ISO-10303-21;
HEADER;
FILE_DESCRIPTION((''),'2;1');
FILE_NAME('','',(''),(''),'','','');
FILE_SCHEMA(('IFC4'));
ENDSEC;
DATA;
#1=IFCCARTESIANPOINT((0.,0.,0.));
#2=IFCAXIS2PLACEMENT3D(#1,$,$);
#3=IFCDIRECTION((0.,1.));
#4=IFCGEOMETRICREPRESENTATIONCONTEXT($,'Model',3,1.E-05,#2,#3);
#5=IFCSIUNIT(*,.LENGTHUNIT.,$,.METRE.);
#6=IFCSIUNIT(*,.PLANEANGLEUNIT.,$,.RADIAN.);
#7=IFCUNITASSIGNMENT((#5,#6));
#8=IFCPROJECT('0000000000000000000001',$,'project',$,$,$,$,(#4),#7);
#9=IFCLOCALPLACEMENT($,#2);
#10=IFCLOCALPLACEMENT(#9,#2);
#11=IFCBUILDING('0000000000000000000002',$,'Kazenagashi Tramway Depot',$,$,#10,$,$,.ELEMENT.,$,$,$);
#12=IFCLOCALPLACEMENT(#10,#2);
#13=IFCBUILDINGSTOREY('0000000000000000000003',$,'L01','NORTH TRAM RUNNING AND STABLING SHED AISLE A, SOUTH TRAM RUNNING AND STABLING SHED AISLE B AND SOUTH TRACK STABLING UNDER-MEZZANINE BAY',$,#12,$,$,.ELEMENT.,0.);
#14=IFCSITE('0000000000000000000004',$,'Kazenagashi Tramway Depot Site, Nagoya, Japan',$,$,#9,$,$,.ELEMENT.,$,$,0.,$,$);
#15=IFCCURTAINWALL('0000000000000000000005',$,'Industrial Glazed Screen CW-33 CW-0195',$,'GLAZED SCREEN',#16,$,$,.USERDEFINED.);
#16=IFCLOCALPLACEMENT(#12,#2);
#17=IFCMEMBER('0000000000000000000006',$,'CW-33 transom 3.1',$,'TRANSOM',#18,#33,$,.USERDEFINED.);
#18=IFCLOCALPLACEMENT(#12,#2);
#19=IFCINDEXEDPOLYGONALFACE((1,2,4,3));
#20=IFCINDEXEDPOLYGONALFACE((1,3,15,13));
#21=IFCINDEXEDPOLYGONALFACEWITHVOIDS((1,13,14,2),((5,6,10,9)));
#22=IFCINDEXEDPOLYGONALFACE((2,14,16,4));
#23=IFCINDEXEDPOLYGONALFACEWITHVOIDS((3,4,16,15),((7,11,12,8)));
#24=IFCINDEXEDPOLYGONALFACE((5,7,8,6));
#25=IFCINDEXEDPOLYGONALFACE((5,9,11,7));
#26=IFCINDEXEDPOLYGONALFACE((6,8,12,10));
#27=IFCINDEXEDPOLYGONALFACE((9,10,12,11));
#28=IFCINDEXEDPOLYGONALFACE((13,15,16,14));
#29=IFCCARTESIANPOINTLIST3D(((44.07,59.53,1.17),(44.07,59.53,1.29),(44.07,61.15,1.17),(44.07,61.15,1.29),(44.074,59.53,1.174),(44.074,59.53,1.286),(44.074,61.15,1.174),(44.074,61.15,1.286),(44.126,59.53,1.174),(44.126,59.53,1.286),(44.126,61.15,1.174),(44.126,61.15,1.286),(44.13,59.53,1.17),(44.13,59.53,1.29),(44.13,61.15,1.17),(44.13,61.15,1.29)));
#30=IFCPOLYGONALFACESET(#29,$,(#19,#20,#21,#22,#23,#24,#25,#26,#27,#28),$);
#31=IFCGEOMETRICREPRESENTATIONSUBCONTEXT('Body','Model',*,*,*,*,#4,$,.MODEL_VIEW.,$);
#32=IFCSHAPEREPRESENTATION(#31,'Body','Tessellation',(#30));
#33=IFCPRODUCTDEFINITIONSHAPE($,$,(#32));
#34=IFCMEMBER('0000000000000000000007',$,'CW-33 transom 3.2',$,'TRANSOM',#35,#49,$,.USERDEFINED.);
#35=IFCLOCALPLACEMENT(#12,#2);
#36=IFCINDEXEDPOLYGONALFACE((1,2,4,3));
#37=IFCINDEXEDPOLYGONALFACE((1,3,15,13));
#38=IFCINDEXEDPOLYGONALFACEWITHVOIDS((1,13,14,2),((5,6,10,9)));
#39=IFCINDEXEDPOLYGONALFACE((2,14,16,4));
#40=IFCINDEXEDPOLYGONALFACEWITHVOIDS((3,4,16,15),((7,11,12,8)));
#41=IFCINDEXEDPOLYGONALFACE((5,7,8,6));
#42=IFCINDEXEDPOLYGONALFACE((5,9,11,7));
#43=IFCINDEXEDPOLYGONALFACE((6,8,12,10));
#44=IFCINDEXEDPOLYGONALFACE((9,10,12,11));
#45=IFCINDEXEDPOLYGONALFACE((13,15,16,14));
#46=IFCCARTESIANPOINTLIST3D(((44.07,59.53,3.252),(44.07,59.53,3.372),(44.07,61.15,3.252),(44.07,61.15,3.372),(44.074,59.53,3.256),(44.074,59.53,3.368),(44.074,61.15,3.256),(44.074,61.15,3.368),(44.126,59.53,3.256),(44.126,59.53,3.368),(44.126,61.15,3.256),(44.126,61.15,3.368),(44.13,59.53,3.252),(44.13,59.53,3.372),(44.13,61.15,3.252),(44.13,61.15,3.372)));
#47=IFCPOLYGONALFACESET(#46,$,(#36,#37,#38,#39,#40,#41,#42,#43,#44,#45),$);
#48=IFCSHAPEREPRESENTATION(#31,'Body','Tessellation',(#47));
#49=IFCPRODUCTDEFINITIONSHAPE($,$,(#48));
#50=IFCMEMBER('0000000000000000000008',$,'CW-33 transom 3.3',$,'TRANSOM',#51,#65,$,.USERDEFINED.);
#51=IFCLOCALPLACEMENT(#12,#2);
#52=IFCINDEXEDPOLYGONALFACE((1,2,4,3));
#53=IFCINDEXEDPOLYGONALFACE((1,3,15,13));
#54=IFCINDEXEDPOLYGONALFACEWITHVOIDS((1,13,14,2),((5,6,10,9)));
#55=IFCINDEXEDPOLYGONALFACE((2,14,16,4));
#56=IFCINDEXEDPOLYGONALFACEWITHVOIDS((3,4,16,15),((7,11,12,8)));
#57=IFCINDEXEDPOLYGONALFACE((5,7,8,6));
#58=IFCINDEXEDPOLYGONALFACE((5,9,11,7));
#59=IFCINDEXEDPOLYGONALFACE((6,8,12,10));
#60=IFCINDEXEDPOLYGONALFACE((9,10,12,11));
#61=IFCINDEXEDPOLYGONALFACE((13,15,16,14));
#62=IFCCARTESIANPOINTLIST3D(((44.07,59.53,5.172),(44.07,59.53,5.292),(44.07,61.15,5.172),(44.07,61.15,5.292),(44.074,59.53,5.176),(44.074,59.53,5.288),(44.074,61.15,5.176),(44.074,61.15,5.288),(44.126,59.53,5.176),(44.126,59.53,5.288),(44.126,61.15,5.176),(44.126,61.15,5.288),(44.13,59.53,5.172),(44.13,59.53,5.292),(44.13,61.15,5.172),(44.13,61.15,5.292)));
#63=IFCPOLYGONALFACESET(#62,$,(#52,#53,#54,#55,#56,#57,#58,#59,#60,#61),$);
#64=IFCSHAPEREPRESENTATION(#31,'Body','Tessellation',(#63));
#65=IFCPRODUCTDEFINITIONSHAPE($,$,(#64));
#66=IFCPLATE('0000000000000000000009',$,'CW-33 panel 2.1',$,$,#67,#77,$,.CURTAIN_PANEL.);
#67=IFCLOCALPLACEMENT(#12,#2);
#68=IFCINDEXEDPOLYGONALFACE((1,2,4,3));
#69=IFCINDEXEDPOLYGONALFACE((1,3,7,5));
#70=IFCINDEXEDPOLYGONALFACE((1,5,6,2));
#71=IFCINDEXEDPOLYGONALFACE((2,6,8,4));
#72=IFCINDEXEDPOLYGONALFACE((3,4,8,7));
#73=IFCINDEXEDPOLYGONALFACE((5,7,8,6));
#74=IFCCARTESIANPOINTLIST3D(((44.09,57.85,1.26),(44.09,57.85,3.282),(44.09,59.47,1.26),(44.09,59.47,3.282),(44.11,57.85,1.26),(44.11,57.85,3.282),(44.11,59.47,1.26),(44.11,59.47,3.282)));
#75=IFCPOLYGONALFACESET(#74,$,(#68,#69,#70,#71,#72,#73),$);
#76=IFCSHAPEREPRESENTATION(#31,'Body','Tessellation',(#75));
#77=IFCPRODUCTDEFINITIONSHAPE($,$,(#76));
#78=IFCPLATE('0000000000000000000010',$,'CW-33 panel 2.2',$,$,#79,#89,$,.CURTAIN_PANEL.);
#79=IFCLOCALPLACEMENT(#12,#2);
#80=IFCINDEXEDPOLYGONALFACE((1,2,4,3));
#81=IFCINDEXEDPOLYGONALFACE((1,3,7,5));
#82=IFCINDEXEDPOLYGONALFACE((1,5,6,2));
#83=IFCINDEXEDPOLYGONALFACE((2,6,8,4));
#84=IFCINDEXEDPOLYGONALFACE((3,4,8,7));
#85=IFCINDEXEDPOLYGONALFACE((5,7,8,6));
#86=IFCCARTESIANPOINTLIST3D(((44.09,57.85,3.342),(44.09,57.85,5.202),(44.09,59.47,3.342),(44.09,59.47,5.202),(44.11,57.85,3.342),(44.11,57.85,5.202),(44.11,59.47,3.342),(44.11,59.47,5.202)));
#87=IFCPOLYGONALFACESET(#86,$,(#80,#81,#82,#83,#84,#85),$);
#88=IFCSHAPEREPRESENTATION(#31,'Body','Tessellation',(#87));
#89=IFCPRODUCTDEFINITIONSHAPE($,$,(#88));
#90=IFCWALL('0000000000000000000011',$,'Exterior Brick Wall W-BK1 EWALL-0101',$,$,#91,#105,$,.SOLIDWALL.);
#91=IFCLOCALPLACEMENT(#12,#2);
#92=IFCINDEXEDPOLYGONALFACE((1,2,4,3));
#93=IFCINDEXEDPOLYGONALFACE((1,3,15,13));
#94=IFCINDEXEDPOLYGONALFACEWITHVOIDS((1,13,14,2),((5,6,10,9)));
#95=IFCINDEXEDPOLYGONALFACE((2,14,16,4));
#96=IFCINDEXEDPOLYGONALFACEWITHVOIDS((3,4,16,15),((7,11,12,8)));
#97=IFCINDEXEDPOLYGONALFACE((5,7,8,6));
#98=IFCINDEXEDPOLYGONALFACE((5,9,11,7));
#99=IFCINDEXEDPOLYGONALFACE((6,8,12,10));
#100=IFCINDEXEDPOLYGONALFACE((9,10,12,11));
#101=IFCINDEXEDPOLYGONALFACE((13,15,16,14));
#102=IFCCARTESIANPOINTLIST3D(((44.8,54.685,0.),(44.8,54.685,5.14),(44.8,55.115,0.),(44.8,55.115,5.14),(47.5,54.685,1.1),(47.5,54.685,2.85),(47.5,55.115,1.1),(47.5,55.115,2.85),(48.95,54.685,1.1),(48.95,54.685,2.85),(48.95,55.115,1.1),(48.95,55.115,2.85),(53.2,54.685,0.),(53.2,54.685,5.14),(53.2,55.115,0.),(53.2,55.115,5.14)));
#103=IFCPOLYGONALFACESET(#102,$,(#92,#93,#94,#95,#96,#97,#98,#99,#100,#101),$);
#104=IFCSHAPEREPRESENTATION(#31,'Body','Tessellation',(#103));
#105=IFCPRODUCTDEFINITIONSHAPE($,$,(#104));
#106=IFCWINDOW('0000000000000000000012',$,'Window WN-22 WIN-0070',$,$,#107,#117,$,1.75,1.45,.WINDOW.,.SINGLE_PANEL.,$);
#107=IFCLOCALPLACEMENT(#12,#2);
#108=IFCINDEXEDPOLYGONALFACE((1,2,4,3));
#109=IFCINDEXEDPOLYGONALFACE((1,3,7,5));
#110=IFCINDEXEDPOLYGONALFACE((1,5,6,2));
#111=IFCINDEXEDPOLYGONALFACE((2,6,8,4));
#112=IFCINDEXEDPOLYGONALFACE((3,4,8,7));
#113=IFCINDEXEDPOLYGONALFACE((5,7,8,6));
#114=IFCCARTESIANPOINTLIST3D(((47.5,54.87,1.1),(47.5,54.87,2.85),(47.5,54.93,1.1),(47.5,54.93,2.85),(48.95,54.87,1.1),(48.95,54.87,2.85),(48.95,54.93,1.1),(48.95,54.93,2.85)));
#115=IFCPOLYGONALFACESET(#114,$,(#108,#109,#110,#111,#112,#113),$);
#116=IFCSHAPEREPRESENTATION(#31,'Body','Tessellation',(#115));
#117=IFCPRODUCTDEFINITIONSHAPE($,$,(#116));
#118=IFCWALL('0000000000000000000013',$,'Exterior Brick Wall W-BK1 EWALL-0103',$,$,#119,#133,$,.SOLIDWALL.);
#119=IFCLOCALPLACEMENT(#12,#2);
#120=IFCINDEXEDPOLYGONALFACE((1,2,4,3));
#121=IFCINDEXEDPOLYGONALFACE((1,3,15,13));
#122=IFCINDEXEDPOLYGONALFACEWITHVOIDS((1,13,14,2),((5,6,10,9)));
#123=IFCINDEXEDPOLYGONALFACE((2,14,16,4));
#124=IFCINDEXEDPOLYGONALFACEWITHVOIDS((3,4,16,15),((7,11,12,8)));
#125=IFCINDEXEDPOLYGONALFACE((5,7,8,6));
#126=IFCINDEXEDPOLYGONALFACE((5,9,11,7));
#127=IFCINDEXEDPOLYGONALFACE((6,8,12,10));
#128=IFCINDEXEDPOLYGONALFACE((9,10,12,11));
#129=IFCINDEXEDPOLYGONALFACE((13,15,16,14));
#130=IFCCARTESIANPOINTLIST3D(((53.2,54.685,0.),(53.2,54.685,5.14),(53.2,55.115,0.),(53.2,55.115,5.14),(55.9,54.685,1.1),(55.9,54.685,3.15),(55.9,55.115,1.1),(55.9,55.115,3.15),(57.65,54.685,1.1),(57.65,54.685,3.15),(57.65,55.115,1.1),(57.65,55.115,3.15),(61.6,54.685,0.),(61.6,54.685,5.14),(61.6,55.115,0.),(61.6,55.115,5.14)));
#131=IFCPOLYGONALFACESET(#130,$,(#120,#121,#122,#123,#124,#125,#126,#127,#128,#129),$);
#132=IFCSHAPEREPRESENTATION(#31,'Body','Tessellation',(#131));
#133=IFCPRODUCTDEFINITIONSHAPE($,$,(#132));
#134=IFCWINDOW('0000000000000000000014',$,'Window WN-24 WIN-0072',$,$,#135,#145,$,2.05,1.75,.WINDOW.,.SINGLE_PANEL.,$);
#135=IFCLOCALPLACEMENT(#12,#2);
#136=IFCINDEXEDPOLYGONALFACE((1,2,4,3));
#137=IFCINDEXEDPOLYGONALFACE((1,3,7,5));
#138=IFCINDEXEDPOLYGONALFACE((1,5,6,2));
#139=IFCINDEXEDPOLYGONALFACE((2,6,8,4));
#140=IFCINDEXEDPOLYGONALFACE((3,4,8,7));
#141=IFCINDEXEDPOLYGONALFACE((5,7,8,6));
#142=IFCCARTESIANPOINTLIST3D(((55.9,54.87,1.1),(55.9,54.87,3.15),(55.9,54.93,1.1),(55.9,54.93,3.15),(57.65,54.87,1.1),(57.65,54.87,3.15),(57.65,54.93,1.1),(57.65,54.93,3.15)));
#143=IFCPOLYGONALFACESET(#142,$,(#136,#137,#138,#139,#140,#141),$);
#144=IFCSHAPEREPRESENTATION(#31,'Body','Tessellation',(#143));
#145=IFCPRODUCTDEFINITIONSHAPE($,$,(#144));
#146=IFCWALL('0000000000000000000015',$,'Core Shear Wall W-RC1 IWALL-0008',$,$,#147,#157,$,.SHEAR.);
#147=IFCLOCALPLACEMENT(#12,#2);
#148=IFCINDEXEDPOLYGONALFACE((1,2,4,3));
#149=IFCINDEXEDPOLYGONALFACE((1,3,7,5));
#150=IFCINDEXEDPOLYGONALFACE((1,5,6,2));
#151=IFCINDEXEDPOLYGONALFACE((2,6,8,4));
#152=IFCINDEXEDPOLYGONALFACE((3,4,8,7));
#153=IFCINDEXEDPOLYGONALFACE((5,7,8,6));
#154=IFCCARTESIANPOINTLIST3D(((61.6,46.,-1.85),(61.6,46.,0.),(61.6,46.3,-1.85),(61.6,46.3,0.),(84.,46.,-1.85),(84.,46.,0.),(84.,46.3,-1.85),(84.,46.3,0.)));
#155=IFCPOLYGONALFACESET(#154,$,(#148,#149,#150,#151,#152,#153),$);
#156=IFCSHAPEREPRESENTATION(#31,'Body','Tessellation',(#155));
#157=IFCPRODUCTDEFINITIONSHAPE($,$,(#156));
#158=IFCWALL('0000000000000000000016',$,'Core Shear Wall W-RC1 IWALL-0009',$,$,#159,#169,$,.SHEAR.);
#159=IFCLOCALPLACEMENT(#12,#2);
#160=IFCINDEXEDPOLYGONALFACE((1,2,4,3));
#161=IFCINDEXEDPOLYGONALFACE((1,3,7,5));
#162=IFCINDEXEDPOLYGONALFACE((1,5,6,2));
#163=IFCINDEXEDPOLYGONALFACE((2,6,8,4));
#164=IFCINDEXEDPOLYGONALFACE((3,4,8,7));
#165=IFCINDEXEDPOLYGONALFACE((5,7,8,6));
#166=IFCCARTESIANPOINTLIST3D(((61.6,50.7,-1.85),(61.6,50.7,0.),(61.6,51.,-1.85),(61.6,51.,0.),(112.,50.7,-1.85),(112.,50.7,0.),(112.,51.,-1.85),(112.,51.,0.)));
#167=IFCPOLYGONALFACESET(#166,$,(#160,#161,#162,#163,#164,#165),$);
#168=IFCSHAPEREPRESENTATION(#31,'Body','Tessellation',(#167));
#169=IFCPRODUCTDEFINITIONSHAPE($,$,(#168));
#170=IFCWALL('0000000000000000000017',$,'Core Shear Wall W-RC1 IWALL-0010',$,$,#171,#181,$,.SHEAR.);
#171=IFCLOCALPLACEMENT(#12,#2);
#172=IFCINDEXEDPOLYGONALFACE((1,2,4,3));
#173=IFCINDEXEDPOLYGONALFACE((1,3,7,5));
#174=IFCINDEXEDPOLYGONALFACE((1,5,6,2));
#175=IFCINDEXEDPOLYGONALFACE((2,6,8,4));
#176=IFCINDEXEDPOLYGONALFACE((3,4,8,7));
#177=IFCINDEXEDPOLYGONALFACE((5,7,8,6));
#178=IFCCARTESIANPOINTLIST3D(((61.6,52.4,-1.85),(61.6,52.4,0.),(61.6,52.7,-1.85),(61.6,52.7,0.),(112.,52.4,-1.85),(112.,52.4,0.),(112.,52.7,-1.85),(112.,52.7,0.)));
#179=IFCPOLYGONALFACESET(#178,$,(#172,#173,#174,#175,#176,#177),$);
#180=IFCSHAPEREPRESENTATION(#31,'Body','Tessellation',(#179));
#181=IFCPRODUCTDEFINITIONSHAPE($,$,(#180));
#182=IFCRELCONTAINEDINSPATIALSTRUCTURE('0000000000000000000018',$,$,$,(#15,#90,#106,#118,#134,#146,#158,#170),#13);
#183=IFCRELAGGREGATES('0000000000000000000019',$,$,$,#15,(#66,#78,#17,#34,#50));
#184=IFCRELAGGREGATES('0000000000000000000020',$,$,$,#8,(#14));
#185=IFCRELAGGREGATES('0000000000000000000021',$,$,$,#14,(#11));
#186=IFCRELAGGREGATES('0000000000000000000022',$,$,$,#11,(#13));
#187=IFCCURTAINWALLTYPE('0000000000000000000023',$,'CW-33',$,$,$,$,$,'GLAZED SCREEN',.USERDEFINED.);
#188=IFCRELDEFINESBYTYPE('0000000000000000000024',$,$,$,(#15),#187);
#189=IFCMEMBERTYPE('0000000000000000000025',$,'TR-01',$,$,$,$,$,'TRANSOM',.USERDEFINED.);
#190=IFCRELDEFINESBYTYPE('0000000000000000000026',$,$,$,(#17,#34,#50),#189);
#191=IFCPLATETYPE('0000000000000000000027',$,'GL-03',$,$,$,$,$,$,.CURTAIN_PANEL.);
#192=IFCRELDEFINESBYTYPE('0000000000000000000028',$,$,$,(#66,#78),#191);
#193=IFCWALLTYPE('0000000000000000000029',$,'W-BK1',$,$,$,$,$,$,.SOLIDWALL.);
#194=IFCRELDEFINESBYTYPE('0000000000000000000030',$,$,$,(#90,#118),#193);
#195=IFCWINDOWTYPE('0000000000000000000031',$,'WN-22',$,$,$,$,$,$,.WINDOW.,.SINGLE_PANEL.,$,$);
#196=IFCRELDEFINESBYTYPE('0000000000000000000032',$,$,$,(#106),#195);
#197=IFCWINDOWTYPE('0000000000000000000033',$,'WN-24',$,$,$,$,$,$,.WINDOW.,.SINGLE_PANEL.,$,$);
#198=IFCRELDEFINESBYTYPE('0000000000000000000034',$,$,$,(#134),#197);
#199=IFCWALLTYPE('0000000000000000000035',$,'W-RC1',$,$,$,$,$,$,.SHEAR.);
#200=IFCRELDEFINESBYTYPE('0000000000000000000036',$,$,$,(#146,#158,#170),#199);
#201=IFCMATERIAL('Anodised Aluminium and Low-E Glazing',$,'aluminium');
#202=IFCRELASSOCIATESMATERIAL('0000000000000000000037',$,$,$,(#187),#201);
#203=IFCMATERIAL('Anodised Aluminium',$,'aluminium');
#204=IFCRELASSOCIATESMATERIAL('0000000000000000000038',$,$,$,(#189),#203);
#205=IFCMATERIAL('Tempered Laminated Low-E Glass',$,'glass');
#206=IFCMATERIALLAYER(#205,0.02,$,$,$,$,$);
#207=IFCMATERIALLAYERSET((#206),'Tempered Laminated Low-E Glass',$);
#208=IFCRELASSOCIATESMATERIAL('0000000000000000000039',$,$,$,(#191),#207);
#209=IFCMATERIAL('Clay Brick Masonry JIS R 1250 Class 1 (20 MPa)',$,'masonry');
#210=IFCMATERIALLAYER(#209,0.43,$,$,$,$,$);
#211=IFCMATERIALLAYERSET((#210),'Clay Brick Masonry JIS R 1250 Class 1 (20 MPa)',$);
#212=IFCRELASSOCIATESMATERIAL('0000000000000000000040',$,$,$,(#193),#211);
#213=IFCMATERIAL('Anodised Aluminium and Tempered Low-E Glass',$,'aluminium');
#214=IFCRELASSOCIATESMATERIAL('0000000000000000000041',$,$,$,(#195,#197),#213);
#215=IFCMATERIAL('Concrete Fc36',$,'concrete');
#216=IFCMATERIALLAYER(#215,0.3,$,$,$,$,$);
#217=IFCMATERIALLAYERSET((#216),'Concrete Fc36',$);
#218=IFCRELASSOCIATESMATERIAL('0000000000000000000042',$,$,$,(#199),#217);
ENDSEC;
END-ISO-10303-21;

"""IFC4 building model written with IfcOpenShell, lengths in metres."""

from ifc_helpers import new_model, si_unit, direction, frame, frame_2d, origin, origin_2d, place, context, subcontext, project, spatial, rectangle, hollow_rectangle, extrude, material, layer, layer_set, material_profile, profile_set, type_object, element, fill, aggregate, save


model = new_model("IFC4")

# Units and contexts
model_context = context("Model", 3, precision=1e-05, world=origin(), true_north=direction((0.0, 1.0)))
body_context = subcontext(model_context, "Body", "Model", "MODEL_VIEW")
ifc_project = project(units=[si_unit("LENGTHUNIT", "METRE"), si_unit("PLANEANGLEUNIT", "RADIAN")], contexts=[model_context])

# Site, building, storey
site_placement = place(None, origin())
site = spatial("IfcSite", under=ifc_project, at=site_placement, Name="Kazenagashi Tramway Depot Site, Nagoya, Japan", CompositionType="ELEMENT", RefElevation=0.0)
building_placement = place(site_placement, origin())
building = spatial("IfcBuilding", under=site, at=building_placement, Name="Kazenagashi Tramway Depot", CompositionType="ELEMENT")
storey_placement = place(building_placement, origin())
storey = spatial("IfcBuildingStorey", under=building, at=storey_placement, Name="L01", Description="NORTH TRAM RUNNING AND STABLING SHED AISLE A, SOUTH TRAM RUNNING AND STABLING SHED AISLE B AND SOUTH TRACK STABLING UNDER-MEZZANINE BAY", CompositionType="ELEMENT", Elevation=0.0)

# Curtain wall
ifc_material_1 = material(Name="Anodised Aluminium and Low-E Glazing", Category="aluminium")
curtain_wall_type = type_object("IfcCurtainWallType", Name="CW-33", ElementType="GLAZED SCREEN", PredefinedType="USERDEFINED", material=ifc_material_1)
curtain_wall_placement = place(storey_placement, origin())
curtain_wall = element("IfcCurtainWall", 1, at=curtain_wall_placement, inside=storey, type_object=curtain_wall_type, Name="Industrial Glazed Screen CW-33 CW-0195", ObjectType="GLAZED SCREEN", PredefinedType="USERDEFINED")
ifc_material_2 = material(Name="Anodised Aluminium", Category="aluminium")

# Members
ifc_material_profile_1 = material_profile(ifc_material_2, hollow_rectangle(XDim=0.06, YDim=0.12, WallThickness=0.004, at=origin_2d()), Name="RHS-120x60x4")
ifc_profile_set_1 = profile_set([ifc_material_profile_1], Name="Anodised Aluminium")
member_type_1 = type_object("IfcMemberType", Name="TR-01", ElementType="TRANSOM", PredefinedType="USERDEFINED", material=ifc_profile_set_1)
member_1_placement = place(storey_placement, frame((44.1, 59.53, 1.23), z_axis=(0.0, 1.0, 0.0), x_axis=(-1.0, 0.0, 0.0)))
member_1 = element("IfcMember", 2, at=member_1_placement, type_object=member_type_1, Name="CW-33 transom 3.1", ObjectType="TRANSOM", PredefinedType="USERDEFINED", context=body_context, shape_type="SweptSolid", body=[
    extrude(hollow_rectangle(XDim=0.06, YDim=0.12, WallThickness=0.004, at=origin_2d()), origin(), (0.0, 0.0, 1.0), 1.62),
])
member_2_placement = place(storey_placement, frame((44.1, 59.53, 3.312), z_axis=(0.0, 1.0, 0.0), x_axis=(-1.0, 0.0, 0.0)))
member_2 = element("IfcMember", 3, at=member_2_placement, type_object=member_type_1, Name="CW-33 transom 3.2", ObjectType="TRANSOM", PredefinedType="USERDEFINED", context=body_context, shape_type="SweptSolid", body=[
    extrude(hollow_rectangle(XDim=0.06, YDim=0.12, WallThickness=0.004, at=origin_2d()), origin(), (0.0, 0.0, 1.0), 1.62),
])
member_3_placement = place(storey_placement, frame((44.1, 59.53, 5.232), z_axis=(0.0, 1.0, 0.0), x_axis=(-1.0, 0.0, 0.0)))
member_3 = element("IfcMember", 4, at=member_3_placement, type_object=member_type_1, Name="CW-33 transom 3.3", ObjectType="TRANSOM", PredefinedType="USERDEFINED", context=body_context, shape_type="SweptSolid", body=[
    extrude(hollow_rectangle(XDim=0.06, YDim=0.12, WallThickness=0.004, at=origin_2d()), origin(), (0.0, 0.0, 1.0), 1.62),
])

# Plates
ifc_material_3 = material(Name="Tempered Laminated Low-E Glass", Category="glass")
ifc_layer_1 = layer(ifc_material_3, 0.02)
ifc_layer_set_1 = layer_set([ifc_layer_1], Name="Tempered Laminated Low-E Glass")
plate_type = type_object("IfcPlateType", Name="GL-03", PredefinedType="CURTAIN_PANEL", material=ifc_layer_set_1)
plate_1_placement = place(storey_placement, frame((44.1, 58.66, 1.26), z_axis=(0.0, 0.0, 1.0), x_axis=(0.0, 1.0, 0.0)))
plate_1 = element("IfcPlate", 5, at=plate_1_placement, type_object=plate_type, Name="CW-33 panel 2.1", PredefinedType="CURTAIN_PANEL", context=body_context, shape_type="SweptSolid", body=[
    extrude(rectangle(XDim=1.62, YDim=0.02, at=origin_2d()), origin(), (0.0, 0.0, 1.0), 2.022),
])
plate_2_placement = place(storey_placement, frame((44.1, 58.66, 3.342), z_axis=(0.0, 0.0, 1.0), x_axis=(0.0, 1.0, 0.0)))
plate_2 = element("IfcPlate", 6, at=plate_2_placement, type_object=plate_type, Name="CW-33 panel 2.2", PredefinedType="CURTAIN_PANEL", context=body_context, shape_type="SweptSolid", body=[
    extrude(rectangle(XDim=1.62, YDim=0.02, at=origin_2d()), origin(), (0.0, 0.0, 1.0), 1.86),
])
aggregate(curtain_wall, [plate_1, plate_2, member_1, member_2, member_3])

# Walls, openings, windows
ifc_material_4 = material(Name="Clay Brick Masonry JIS R 1250 Class 1 (20 MPa)", Category="masonry")
ifc_layer_2 = layer(ifc_material_4, 0.43)
ifc_layer_set_2 = layer_set([ifc_layer_2], Name="Clay Brick Masonry JIS R 1250 Class 1 (20 MPa)")
wall_type_1 = type_object("IfcWallType", Name="W-BK1", PredefinedType="SOLIDWALL", material=ifc_layer_set_2)
wall_1_placement = place(storey_placement, frame((44.8, 54.9, 0.0), z_axis=(0.0, 0.0, 1.0), x_axis=(1.0, 0.0, 0.0)))
wall_1 = element("IfcWall", 7, at=wall_1_placement, inside=storey, type_object=wall_type_1, Name="Exterior Brick Wall W-BK1 EWALL-0101", PredefinedType="SOLIDWALL", context=body_context, shape_type="SweptSolid", body=[
    extrude(rectangle(XDim=8.4, YDim=0.43, at=frame_2d((4.2, 0.0))), origin(), (0.0, 0.0, 1.0), 5.14),
])
opening_1_placement = place(wall_1_placement, frame((2.7, 0.0, 1.1)))
opening_1 = element("IfcOpeningElement", 8, at=opening_1_placement, cuts=wall_1, PredefinedType="OPENING", context=body_context, shape_type="SweptSolid", body=[
    extrude(rectangle(XDim=1.45, YDim=1.75, at=frame_2d((0.725, 0.875))), frame((0.0, 0.225, 0.0), z_axis=(0.0, -1.0, 0.0), x_axis=(1.0, 0.0, 0.0)), (0.0, 0.0, 1.0), 0.45),
])
ifc_material_5 = material(Name="Anodised Aluminium and Tempered Low-E Glass", Category="aluminium")
window_type_1 = type_object("IfcWindowType", Name="WN-22", PartitioningType="SINGLE_PANEL", PredefinedType="WINDOW", material=ifc_material_5)
window_1_placement = place(opening_1_placement, origin())
window_1 = element("IfcWindow", 9, at=window_1_placement, inside=storey, type_object=window_type_1, Name="Window WN-22 WIN-0070", OverallHeight=1.75, OverallWidth=1.45, PartitioningType="SINGLE_PANEL", PredefinedType="WINDOW", context=body_context, shape_type="SweptSolid", body=[
    extrude(rectangle(XDim=1.45, YDim=1.75, at=frame_2d((0.725, 0.875))), frame((0.0, 0.03, 0.0), z_axis=(0.0, -1.0, 0.0), x_axis=(1.0, 0.0, 0.0)), (0.0, 0.0, 1.0), 0.06),
])
fill(opening_1, window_1)
wall_2_placement = place(storey_placement, frame((53.2, 54.9, 0.0), z_axis=(0.0, 0.0, 1.0), x_axis=(1.0, 0.0, 0.0)))
wall_2 = element("IfcWall", 10, at=wall_2_placement, inside=storey, type_object=wall_type_1, Name="Exterior Brick Wall W-BK1 EWALL-0103", PredefinedType="SOLIDWALL", context=body_context, shape_type="SweptSolid", body=[
    extrude(rectangle(XDim=8.4, YDim=0.43, at=frame_2d((4.2, 0.0))), origin(), (0.0, 0.0, 1.0), 5.14),
])
opening_2_placement = place(wall_2_placement, frame((2.7, 0.0, 1.1)))
opening_2 = element("IfcOpeningElement", 11, at=opening_2_placement, cuts=wall_2, PredefinedType="OPENING", context=body_context, shape_type="SweptSolid", body=[
    extrude(rectangle(XDim=1.75, YDim=2.05, at=frame_2d((0.875, 1.025))), frame((0.0, 0.225, 0.0), z_axis=(0.0, -1.0, 0.0), x_axis=(1.0, 0.0, 0.0)), (0.0, 0.0, 1.0), 0.45),
])
window_type_2 = type_object("IfcWindowType", Name="WN-24", PartitioningType="SINGLE_PANEL", PredefinedType="WINDOW", material=ifc_material_5)
window_2_placement = place(opening_2_placement, origin())
window_2 = element("IfcWindow", 12, at=window_2_placement, inside=storey, type_object=window_type_2, Name="Window WN-24 WIN-0072", OverallHeight=2.05, OverallWidth=1.75, PartitioningType="SINGLE_PANEL", PredefinedType="WINDOW", context=body_context, shape_type="SweptSolid", body=[
    extrude(rectangle(XDim=1.75, YDim=2.05, at=frame_2d((0.875, 1.025))), frame((0.0, 0.03, 0.0), z_axis=(0.0, -1.0, 0.0), x_axis=(1.0, 0.0, 0.0)), (0.0, 0.0, 1.0), 0.06),
])
fill(opening_2, window_2)

# Walls
ifc_material_6 = material(Name="Concrete Fc36", Category="concrete")
ifc_layer_3 = layer(ifc_material_6, 0.3)
ifc_layer_set_3 = layer_set([ifc_layer_3], Name="Concrete Fc36")
wall_type_2 = type_object("IfcWallType", Name="W-RC1", PredefinedType="SHEAR", material=ifc_layer_set_3)
wall_3_placement = place(storey_placement, frame((61.6, 46.15, -1.85), z_axis=(0.0, 0.0, 1.0), x_axis=(1.0, 0.0, 0.0)))
element("IfcWall", 13, at=wall_3_placement, inside=storey, type_object=wall_type_2, Name="Core Shear Wall W-RC1 IWALL-0008", PredefinedType="SHEAR", context=body_context, shape_type="SweptSolid", body=[
    extrude(rectangle(XDim=22.4, YDim=0.3, at=frame_2d((11.2, 0.0))), origin(), (0.0, 0.0, 1.0), 1.85),
])
for number, where, z_axis, x_axis, name in (
    (14, (61.6, 50.85, -1.85), (0.0, 0.0, 1.0), (1.0, 0.0, 0.0), "Core Shear Wall W-RC1 IWALL-0009"),
    (15, (61.6, 52.55, -1.85), (0.0, 0.0, 1.0), (1.0, 0.0, 0.0), "Core Shear Wall W-RC1 IWALL-0010"),
):
    element("IfcWall", number, at=place(storey_placement, frame(where, z_axis=z_axis, x_axis=x_axis)), inside=storey, type_object=wall_type_2, Name=name, PredefinedType="SHEAR", context=body_context, shape_type="SweptSolid", body=[
        extrude(rectangle(XDim=50.4, YDim=0.3, at=frame_2d((25.2, 0.0))), origin(), (0.0, 0.0, 1.0), 1.85),
    ])

save(model, "model.ifc")
